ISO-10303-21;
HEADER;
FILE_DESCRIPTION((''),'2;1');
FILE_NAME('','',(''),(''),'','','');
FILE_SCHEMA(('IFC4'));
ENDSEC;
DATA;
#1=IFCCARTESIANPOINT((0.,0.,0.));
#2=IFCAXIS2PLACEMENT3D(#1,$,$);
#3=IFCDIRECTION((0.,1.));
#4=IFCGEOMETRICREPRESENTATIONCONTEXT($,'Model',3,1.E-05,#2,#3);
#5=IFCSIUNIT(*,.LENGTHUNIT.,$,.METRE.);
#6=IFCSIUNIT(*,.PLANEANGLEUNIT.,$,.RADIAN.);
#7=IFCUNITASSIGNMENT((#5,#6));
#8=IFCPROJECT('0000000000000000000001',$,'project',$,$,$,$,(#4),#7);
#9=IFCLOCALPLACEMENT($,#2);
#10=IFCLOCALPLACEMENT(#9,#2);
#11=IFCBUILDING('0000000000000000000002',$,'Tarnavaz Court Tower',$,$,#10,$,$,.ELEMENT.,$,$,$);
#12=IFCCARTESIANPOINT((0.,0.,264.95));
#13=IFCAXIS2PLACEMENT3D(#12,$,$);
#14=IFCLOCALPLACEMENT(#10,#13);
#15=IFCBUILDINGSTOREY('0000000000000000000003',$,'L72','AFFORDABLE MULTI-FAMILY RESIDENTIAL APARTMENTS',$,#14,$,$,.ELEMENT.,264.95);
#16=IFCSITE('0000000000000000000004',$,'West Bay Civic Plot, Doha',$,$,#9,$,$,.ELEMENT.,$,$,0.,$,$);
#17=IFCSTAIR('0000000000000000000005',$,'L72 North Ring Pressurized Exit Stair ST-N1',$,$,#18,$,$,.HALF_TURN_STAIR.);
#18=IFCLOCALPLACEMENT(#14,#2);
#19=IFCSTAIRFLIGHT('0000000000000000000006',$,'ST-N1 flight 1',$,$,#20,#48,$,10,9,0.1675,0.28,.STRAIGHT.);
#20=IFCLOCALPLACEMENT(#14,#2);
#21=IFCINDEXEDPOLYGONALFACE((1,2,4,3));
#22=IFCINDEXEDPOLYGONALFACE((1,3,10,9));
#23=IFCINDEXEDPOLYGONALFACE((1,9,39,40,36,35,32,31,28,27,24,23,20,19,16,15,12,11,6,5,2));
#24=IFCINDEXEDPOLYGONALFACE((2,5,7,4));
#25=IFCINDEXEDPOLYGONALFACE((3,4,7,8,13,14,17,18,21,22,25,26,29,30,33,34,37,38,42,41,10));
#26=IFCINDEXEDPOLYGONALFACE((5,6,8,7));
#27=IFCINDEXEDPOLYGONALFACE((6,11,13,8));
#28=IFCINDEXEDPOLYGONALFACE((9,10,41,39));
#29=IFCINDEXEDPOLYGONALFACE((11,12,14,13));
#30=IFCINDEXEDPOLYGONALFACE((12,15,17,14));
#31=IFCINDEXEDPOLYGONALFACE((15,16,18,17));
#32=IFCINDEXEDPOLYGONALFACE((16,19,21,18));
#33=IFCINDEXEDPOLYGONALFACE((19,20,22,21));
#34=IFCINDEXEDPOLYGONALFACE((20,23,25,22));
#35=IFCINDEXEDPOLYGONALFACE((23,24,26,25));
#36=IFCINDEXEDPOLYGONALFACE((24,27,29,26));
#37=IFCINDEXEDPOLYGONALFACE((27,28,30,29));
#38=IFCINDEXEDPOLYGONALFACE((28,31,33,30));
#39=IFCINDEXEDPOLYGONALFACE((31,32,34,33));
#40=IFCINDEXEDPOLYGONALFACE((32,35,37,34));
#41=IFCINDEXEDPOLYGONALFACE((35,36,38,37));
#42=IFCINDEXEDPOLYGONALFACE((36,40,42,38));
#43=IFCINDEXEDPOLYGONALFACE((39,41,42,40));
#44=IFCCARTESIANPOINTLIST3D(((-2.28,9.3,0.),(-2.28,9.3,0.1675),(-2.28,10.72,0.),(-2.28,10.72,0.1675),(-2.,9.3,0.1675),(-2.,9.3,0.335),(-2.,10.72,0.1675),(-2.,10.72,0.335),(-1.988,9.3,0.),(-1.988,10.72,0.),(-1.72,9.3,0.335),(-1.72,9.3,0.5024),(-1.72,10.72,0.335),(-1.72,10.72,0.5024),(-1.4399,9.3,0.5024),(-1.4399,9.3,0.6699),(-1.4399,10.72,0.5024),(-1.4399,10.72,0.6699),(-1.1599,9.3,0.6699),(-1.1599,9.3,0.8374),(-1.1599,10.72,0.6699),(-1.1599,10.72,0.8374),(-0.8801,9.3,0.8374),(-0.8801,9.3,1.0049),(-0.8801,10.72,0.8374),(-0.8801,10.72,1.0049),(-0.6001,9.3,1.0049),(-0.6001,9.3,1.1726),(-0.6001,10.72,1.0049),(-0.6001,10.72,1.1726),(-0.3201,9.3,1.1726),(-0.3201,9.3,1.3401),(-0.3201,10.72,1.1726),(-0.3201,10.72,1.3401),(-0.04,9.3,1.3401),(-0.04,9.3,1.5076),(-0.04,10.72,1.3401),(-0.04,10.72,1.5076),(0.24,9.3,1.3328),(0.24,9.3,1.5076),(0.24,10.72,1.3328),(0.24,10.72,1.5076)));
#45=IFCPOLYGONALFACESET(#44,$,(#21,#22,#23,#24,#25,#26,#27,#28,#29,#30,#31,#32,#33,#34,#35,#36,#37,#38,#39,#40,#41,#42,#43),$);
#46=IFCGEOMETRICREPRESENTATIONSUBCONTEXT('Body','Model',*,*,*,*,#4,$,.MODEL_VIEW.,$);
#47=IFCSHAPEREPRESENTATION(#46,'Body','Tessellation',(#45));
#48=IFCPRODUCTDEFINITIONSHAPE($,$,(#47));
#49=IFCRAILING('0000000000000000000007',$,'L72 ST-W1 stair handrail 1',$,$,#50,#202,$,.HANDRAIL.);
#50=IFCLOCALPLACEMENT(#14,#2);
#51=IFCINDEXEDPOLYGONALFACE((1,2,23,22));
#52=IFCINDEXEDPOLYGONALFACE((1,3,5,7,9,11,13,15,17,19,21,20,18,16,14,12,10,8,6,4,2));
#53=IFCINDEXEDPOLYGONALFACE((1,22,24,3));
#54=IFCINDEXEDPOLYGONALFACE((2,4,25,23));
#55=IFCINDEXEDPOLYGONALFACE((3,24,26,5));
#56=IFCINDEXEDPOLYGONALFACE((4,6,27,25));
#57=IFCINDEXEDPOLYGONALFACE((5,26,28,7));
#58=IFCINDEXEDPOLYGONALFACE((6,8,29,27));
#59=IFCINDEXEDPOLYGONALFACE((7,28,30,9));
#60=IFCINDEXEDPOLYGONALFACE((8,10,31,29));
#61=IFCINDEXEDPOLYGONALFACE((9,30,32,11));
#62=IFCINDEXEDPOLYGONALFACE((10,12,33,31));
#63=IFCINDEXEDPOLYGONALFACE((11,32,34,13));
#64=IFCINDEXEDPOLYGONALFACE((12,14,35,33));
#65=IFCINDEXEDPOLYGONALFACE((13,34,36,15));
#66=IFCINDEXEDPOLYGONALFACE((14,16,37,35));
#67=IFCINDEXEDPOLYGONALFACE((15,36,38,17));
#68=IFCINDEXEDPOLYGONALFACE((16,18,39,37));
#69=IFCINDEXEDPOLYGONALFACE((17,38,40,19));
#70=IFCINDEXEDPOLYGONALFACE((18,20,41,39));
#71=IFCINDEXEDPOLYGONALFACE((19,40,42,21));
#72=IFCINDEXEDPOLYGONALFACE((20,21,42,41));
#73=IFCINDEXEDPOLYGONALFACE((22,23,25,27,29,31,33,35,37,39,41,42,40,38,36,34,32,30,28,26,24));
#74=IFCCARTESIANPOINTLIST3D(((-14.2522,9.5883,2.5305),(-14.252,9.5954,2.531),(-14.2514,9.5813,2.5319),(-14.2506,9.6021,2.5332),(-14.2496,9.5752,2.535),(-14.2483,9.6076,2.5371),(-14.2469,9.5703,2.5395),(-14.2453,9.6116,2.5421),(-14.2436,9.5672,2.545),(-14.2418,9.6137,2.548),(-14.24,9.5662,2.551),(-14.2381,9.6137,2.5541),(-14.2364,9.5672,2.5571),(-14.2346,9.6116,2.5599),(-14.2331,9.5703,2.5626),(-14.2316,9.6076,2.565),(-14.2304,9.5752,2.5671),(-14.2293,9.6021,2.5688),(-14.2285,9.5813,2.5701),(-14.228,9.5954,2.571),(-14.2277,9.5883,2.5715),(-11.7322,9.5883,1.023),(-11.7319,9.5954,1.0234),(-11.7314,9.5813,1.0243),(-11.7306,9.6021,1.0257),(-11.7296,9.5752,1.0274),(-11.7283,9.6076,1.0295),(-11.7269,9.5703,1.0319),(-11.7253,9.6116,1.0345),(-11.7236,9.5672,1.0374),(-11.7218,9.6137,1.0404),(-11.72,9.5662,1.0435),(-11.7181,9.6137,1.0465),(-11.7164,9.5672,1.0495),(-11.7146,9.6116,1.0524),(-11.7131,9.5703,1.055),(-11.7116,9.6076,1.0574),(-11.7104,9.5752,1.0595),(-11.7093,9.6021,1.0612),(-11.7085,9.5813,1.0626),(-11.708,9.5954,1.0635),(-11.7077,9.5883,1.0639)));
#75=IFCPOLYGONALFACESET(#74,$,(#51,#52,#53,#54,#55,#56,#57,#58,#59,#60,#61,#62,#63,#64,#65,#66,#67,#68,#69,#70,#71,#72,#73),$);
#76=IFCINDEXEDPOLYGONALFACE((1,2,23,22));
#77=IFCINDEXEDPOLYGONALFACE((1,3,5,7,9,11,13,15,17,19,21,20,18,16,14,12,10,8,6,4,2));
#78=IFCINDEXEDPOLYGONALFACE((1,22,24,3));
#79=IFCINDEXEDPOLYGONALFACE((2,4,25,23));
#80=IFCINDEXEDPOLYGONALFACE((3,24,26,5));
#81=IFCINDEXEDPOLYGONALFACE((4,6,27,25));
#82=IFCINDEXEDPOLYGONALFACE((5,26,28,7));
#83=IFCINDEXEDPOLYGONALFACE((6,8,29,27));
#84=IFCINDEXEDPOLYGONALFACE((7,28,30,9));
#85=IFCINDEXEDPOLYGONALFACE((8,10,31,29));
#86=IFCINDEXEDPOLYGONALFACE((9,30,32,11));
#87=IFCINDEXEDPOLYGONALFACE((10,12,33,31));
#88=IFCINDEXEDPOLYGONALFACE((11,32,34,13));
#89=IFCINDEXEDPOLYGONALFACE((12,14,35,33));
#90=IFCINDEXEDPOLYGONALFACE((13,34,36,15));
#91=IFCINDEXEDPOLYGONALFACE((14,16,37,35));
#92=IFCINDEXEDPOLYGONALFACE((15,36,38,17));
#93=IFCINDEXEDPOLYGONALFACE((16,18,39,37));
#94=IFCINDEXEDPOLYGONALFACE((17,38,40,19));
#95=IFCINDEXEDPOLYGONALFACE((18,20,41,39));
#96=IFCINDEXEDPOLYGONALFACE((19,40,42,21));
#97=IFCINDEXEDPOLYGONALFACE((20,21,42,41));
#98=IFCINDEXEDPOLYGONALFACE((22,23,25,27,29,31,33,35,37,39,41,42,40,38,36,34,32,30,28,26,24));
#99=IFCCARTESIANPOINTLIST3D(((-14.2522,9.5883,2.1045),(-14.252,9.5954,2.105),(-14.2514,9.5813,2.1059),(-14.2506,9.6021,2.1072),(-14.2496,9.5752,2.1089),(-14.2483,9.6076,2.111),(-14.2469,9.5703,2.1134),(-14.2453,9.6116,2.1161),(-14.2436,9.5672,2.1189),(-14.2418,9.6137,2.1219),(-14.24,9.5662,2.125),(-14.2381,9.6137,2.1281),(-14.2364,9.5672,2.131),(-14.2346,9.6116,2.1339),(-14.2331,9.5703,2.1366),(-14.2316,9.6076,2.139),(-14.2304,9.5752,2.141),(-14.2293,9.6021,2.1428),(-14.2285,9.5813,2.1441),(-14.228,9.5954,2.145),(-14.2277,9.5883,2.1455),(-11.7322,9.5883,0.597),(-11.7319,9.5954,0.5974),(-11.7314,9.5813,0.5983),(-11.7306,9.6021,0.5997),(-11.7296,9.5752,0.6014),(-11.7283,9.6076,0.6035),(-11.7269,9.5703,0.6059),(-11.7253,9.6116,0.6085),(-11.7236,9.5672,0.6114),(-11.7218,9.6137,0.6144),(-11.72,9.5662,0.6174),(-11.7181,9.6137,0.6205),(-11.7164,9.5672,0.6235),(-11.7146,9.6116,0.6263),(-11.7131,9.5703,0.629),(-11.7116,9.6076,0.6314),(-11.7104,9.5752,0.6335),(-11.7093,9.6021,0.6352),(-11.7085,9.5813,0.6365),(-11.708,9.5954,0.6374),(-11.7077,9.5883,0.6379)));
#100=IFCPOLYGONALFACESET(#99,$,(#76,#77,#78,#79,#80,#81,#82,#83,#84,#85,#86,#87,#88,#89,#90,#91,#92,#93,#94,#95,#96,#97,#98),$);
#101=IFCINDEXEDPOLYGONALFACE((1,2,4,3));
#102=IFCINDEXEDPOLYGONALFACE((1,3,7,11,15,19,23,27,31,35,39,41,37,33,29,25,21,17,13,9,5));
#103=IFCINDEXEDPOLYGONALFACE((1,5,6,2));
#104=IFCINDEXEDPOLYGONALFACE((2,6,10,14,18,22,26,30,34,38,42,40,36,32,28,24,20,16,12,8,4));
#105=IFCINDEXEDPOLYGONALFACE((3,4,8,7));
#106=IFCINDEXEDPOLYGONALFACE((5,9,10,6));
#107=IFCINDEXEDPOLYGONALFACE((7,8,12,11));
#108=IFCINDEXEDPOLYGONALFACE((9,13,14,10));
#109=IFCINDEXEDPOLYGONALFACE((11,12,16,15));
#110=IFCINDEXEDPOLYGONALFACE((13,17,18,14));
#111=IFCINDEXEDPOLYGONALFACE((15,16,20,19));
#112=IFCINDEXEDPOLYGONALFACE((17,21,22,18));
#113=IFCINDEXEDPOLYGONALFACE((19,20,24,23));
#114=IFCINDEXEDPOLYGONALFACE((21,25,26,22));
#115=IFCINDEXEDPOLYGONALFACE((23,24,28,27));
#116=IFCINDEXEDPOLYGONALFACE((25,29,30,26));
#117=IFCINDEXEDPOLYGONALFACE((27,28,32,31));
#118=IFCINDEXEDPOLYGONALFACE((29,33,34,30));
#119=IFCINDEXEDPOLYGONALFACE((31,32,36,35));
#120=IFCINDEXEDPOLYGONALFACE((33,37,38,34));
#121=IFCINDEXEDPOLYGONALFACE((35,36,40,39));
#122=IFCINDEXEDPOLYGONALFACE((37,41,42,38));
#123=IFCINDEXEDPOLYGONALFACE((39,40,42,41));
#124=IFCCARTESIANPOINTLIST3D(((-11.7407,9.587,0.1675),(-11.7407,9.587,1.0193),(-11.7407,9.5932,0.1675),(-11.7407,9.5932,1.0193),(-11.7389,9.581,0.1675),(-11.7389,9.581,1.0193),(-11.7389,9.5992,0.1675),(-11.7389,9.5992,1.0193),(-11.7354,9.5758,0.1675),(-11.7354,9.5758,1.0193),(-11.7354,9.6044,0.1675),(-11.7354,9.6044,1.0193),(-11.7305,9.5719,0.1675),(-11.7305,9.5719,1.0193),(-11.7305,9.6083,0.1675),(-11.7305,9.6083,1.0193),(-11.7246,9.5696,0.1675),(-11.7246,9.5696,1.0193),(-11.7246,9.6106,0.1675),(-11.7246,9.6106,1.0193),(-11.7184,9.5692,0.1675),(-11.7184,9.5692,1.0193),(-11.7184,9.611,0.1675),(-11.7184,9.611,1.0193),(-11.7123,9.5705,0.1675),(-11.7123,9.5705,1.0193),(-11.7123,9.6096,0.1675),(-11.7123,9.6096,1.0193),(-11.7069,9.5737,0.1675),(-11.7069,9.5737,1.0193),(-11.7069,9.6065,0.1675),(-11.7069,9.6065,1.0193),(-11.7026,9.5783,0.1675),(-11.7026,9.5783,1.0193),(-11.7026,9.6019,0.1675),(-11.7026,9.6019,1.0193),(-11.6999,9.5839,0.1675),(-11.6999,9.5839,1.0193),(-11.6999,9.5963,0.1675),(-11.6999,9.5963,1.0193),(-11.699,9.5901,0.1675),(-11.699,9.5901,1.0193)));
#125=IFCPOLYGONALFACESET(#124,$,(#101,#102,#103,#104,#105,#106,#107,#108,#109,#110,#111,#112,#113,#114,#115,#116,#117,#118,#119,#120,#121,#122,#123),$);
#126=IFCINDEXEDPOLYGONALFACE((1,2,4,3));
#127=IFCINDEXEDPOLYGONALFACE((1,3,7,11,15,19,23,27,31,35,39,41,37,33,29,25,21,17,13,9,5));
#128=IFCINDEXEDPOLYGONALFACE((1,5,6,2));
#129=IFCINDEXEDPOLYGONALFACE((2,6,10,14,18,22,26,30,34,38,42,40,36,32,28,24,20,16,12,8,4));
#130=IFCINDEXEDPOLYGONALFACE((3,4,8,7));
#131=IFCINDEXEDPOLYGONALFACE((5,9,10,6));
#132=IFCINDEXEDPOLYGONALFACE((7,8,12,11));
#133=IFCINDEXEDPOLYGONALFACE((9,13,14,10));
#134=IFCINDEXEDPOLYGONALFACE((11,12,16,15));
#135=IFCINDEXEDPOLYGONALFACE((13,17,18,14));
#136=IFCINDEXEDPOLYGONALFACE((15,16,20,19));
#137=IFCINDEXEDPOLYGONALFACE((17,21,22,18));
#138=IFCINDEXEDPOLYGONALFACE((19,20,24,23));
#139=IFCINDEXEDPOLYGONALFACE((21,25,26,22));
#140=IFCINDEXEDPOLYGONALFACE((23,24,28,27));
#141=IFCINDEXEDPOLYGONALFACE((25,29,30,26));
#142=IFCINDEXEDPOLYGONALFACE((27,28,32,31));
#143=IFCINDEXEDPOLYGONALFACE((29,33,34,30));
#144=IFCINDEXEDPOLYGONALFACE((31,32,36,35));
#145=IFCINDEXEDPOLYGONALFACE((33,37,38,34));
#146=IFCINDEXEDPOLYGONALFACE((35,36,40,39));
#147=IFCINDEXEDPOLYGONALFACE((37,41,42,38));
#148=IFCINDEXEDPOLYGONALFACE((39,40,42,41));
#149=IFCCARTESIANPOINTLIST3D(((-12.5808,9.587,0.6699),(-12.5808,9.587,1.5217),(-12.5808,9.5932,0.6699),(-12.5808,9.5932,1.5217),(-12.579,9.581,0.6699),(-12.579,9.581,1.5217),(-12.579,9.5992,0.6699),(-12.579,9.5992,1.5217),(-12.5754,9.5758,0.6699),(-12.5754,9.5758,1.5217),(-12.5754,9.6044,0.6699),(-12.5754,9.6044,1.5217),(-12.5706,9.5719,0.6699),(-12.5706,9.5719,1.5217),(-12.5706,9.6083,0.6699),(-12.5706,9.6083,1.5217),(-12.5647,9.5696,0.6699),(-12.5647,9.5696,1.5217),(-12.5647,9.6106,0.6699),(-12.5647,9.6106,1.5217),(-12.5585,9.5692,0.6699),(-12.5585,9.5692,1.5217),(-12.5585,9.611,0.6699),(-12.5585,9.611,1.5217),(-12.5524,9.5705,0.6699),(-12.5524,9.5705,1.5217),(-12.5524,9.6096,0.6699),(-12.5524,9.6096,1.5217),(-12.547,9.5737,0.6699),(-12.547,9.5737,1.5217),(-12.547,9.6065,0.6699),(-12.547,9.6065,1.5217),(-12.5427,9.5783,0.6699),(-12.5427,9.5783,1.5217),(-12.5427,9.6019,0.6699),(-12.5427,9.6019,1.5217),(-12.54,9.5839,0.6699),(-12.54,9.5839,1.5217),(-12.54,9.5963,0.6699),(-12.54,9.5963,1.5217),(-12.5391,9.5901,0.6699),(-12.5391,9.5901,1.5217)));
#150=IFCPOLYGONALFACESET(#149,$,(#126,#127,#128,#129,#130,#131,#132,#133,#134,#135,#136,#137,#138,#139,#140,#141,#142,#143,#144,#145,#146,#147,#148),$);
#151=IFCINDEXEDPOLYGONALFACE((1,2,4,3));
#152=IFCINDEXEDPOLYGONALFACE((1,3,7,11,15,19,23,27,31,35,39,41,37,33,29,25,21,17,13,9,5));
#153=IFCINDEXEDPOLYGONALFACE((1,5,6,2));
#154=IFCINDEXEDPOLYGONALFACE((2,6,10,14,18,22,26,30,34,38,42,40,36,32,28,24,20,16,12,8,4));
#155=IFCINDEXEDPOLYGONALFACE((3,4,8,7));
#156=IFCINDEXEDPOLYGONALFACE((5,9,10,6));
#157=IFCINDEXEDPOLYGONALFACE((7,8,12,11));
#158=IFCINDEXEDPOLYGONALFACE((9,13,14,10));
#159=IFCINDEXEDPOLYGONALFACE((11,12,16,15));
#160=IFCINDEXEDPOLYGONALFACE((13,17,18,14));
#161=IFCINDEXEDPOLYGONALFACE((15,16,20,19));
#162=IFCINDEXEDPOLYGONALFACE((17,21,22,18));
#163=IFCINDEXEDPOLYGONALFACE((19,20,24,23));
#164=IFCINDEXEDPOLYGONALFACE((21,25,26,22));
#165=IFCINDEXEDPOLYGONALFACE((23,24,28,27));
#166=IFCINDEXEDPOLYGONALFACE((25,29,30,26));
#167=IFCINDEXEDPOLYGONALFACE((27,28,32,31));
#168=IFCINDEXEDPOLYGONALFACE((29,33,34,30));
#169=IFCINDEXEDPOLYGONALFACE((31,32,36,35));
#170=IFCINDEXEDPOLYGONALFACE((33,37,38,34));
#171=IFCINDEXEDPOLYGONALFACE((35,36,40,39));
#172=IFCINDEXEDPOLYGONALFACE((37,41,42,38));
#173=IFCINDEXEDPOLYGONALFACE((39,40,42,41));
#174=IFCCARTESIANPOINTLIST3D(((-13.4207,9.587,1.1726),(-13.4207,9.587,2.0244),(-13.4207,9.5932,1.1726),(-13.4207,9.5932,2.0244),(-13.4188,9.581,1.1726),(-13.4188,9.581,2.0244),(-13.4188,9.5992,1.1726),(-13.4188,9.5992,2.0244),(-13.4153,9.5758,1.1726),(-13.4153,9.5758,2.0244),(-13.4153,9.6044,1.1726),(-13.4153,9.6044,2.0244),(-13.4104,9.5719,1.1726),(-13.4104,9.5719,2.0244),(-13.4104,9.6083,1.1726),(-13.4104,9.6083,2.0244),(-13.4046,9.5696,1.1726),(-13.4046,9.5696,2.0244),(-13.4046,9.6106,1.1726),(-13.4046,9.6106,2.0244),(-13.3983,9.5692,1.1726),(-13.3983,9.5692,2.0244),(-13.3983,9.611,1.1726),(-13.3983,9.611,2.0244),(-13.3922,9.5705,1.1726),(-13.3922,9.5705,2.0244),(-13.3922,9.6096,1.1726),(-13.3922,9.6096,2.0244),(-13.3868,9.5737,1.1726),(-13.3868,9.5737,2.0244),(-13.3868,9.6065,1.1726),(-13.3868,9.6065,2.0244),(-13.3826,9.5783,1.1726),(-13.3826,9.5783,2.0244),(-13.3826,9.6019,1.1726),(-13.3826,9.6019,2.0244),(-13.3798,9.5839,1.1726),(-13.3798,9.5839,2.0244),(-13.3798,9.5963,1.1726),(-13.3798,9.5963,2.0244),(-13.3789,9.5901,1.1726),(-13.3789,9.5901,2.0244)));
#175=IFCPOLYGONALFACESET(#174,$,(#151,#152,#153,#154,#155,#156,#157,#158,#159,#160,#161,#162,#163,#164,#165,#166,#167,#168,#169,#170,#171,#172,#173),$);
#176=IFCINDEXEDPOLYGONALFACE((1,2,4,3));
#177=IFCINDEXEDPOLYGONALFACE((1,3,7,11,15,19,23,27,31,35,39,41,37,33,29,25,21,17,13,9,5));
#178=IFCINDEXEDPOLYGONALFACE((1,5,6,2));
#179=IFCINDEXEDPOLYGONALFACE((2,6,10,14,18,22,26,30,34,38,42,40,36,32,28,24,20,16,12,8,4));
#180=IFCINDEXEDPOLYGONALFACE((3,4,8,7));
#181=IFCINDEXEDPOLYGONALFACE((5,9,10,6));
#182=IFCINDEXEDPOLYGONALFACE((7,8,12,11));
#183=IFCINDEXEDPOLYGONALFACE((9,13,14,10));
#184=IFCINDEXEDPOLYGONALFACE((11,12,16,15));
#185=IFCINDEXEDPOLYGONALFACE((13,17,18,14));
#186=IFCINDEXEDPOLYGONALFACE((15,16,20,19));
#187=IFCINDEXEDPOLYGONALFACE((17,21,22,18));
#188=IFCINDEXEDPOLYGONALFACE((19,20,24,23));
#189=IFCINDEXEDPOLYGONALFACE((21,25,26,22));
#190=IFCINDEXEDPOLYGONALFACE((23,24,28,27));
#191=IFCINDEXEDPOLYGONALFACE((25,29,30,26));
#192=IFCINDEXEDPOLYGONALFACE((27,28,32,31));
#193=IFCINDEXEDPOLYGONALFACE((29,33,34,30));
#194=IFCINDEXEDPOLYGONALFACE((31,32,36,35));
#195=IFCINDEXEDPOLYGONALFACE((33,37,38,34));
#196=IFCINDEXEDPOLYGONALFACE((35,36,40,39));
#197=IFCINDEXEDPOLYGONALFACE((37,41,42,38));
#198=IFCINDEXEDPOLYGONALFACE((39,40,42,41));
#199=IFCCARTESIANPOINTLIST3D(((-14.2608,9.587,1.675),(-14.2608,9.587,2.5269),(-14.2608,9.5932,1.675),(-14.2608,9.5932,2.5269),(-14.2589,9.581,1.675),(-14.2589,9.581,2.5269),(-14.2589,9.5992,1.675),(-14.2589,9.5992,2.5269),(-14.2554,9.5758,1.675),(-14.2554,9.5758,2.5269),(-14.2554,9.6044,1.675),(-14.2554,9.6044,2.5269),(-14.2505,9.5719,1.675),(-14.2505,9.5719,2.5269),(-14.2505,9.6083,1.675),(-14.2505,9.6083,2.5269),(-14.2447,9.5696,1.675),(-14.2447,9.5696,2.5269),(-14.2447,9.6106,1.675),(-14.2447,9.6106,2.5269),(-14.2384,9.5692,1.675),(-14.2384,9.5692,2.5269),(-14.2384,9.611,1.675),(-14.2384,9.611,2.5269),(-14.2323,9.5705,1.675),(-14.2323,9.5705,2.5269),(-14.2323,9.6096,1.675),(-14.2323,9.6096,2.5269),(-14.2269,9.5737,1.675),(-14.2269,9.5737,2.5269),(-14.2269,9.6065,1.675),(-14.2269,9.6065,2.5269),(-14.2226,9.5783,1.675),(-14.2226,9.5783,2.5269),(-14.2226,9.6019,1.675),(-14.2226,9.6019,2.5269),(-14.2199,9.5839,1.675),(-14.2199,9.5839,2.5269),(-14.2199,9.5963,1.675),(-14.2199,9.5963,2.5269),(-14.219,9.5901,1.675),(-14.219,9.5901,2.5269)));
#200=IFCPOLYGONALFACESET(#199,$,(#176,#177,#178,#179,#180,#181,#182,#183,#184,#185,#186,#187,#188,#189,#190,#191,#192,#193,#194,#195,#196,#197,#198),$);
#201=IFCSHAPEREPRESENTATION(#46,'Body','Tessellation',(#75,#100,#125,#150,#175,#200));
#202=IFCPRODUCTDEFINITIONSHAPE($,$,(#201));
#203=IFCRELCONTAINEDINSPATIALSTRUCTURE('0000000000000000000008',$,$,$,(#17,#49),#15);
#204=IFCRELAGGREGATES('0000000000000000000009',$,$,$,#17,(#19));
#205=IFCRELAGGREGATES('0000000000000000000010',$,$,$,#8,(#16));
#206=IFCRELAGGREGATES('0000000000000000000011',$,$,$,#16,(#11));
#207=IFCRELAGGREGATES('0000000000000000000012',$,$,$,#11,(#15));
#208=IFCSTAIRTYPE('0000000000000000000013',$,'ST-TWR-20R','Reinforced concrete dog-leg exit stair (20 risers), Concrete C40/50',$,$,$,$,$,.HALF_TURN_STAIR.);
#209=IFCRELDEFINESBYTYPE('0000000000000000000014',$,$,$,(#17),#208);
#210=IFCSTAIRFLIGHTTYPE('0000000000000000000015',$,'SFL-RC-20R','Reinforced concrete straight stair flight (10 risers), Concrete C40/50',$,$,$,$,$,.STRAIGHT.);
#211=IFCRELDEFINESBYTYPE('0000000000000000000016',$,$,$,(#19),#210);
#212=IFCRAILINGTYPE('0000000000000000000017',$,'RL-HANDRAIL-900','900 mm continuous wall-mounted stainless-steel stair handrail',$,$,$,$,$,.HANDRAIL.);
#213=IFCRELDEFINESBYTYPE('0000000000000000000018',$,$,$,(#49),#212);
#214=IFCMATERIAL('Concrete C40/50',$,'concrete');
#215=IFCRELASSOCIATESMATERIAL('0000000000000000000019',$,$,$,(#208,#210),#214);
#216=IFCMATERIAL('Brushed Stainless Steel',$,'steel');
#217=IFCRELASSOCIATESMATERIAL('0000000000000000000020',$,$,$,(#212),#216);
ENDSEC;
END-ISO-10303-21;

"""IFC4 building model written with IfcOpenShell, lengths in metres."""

from ifc_helpers import new_model, si_unit, direction, frame, origin, origin_2d, place, context, subcontext, project, spatial, polyline, circle, outline, extrude, material, type_object, element, aggregate, save


model = new_model("IFC4")

# Units and contexts
model_context = context("Model", 3, precision=1e-05, world=origin(), true_north=direction((0.0, 1.0)))
body_context = subcontext(model_context, "Body", "Model", "MODEL_VIEW")
ifc_project = project(units=[si_unit("LENGTHUNIT", "METRE"), si_unit("PLANEANGLEUNIT", "RADIAN")], contexts=[model_context])

# Site, building, storey
site_placement = place(None, origin())
site = spatial("IfcSite", under=ifc_project, at=site_placement, Name="West Bay Civic Plot, Doha", CompositionType="ELEMENT", RefElevation=0.0)
building_placement = place(site_placement, origin())
building = spatial("IfcBuilding", under=site, at=building_placement, Name="Tarnavaz Court Tower", CompositionType="ELEMENT")
storey_placement = place(building_placement, frame((0.0, 0.0, 264.95)))
storey = spatial("IfcBuildingStorey", under=building, at=storey_placement, Name="L72", Description="AFFORDABLE MULTI-FAMILY RESIDENTIAL APARTMENTS", CompositionType="ELEMENT", Elevation=264.95)

# Stair, stair flight
ifc_material_1 = material(Name="Concrete C40/50", Category="concrete")
stair_type = type_object("IfcStairType", Name="ST-TWR-20R", Description="Reinforced concrete dog-leg exit stair (20 risers), Concrete C40/50", PredefinedType="HALF_TURN_STAIR", material=ifc_material_1)
stair_flight_type = type_object("IfcStairFlightType", Name="SFL-RC-20R", Description="Reinforced concrete straight stair flight (10 risers), Concrete C40/50", PredefinedType="STRAIGHT", material=ifc_material_1)
stair_1_placement = place(storey_placement, origin())
stair_1 = element("IfcStair", 1, at=stair_1_placement, inside=storey, type_object=stair_type, Name="L72 North Ring Pressurized Exit Stair ST-N1", PredefinedType="HALF_TURN_STAIR")
stair_flight_1_placement = place(storey_placement, frame((-2.28, 10.01, 0.0), z_axis=(0.0, 0.0, 1.0), x_axis=(1.0, 0.0, 0.0)))
stair_flight_1 = element("IfcStairFlight", 2, at=stair_flight_1_placement, type_object=stair_flight_type, Name="ST-N1 flight 1", NumberOfRisers=10, NumberOfTreads=9, PredefinedType="STRAIGHT", RiserHeight=0.1675, TreadLength=0.28, context=body_context, shape_type="SweptSolid", body=[
    extrude(outline(polyline([(0.0, 0.0), (0.0, 0.1675), (0.28, 0.1675), (0.28, 0.335), (0.5601, 0.335), (0.5601, 0.5024), (0.8401, 0.5024), (0.8401, 0.6699), (1.1201, 0.6699), (1.1201, 0.8374), (1.3999, 0.8374), (1.3999, 1.0049), (1.6799, 1.0049), (1.6799, 1.1726), (1.96, 1.1726), (1.96, 1.3401), (2.24, 1.3401), (2.24, 1.5076), (2.52, 1.5076), (2.52, 1.675), (2.52, 1.3328), (0.292, 0.0), (0.0, 0.0)])), frame((0.0, 0.71, 0.0), z_axis=(0.0, -1.0, 0.0), x_axis=(1.0, 0.0, 0.0)), (0.0, 0.0, 1.0), 1.4199),
])
aggregate(stair_1, [stair_flight_1])

# Railing
ifc_material_2 = material(Name="Brushed Stainless Steel", Category="steel")
railing_type_1 = type_object("IfcRailingType", Name="RL-HANDRAIL-900", Description="900 mm continuous wall-mounted stainless-steel stair handrail", PredefinedType="HANDRAIL", material=ifc_material_2)
railing_1_placement = place(storey_placement, frame((-11.72, 9.5901, 0.1675)))
element("IfcRailing", 3, at=railing_1_placement, inside=storey, type_object=railing_type_1, Name="L72 ST-W1 stair handrail 1", PredefinedType="HANDRAIL", context=body_context, shape_type="SweptSolid", body=[
    extrude(circle(Radius=0.0239, at=origin_2d()), frame((0.0, 0.0, 0.876), z_axis=(-0.85816, 0.0, 0.513383), x_axis=(0.0, -1.0, 0.0)), (0.0, 0.0, 1.0), 2.9365),
    extrude(circle(Radius=0.0239, at=origin_2d()), frame((0.0, 0.0, 0.45), z_axis=(-0.85816, 0.0, 0.513383), x_axis=(0.0, -1.0, 0.0)), (0.0, 0.0, 1.0), 2.9365),
    extrude(circle(Radius=0.021, at=origin_2d()), origin(), (0.0, 0.0, 1.0), 0.8518),
    extrude(circle(Radius=0.021, at=origin_2d()), frame((-0.8401, 0.0, 0.5024)), (0.0, 0.0, 1.0), 0.8518),
    extrude(circle(Radius=0.021, at=origin_2d()), frame((-1.6799, 0.0, 1.0051)), (0.0, 0.0, 1.0), 0.8518),
    extrude(circle(Radius=0.021, at=origin_2d()), frame((-2.52, 0.0, 1.5076)), (0.0, 0.0, 1.0), 0.8518),
])

save(model, "model.ifc")
